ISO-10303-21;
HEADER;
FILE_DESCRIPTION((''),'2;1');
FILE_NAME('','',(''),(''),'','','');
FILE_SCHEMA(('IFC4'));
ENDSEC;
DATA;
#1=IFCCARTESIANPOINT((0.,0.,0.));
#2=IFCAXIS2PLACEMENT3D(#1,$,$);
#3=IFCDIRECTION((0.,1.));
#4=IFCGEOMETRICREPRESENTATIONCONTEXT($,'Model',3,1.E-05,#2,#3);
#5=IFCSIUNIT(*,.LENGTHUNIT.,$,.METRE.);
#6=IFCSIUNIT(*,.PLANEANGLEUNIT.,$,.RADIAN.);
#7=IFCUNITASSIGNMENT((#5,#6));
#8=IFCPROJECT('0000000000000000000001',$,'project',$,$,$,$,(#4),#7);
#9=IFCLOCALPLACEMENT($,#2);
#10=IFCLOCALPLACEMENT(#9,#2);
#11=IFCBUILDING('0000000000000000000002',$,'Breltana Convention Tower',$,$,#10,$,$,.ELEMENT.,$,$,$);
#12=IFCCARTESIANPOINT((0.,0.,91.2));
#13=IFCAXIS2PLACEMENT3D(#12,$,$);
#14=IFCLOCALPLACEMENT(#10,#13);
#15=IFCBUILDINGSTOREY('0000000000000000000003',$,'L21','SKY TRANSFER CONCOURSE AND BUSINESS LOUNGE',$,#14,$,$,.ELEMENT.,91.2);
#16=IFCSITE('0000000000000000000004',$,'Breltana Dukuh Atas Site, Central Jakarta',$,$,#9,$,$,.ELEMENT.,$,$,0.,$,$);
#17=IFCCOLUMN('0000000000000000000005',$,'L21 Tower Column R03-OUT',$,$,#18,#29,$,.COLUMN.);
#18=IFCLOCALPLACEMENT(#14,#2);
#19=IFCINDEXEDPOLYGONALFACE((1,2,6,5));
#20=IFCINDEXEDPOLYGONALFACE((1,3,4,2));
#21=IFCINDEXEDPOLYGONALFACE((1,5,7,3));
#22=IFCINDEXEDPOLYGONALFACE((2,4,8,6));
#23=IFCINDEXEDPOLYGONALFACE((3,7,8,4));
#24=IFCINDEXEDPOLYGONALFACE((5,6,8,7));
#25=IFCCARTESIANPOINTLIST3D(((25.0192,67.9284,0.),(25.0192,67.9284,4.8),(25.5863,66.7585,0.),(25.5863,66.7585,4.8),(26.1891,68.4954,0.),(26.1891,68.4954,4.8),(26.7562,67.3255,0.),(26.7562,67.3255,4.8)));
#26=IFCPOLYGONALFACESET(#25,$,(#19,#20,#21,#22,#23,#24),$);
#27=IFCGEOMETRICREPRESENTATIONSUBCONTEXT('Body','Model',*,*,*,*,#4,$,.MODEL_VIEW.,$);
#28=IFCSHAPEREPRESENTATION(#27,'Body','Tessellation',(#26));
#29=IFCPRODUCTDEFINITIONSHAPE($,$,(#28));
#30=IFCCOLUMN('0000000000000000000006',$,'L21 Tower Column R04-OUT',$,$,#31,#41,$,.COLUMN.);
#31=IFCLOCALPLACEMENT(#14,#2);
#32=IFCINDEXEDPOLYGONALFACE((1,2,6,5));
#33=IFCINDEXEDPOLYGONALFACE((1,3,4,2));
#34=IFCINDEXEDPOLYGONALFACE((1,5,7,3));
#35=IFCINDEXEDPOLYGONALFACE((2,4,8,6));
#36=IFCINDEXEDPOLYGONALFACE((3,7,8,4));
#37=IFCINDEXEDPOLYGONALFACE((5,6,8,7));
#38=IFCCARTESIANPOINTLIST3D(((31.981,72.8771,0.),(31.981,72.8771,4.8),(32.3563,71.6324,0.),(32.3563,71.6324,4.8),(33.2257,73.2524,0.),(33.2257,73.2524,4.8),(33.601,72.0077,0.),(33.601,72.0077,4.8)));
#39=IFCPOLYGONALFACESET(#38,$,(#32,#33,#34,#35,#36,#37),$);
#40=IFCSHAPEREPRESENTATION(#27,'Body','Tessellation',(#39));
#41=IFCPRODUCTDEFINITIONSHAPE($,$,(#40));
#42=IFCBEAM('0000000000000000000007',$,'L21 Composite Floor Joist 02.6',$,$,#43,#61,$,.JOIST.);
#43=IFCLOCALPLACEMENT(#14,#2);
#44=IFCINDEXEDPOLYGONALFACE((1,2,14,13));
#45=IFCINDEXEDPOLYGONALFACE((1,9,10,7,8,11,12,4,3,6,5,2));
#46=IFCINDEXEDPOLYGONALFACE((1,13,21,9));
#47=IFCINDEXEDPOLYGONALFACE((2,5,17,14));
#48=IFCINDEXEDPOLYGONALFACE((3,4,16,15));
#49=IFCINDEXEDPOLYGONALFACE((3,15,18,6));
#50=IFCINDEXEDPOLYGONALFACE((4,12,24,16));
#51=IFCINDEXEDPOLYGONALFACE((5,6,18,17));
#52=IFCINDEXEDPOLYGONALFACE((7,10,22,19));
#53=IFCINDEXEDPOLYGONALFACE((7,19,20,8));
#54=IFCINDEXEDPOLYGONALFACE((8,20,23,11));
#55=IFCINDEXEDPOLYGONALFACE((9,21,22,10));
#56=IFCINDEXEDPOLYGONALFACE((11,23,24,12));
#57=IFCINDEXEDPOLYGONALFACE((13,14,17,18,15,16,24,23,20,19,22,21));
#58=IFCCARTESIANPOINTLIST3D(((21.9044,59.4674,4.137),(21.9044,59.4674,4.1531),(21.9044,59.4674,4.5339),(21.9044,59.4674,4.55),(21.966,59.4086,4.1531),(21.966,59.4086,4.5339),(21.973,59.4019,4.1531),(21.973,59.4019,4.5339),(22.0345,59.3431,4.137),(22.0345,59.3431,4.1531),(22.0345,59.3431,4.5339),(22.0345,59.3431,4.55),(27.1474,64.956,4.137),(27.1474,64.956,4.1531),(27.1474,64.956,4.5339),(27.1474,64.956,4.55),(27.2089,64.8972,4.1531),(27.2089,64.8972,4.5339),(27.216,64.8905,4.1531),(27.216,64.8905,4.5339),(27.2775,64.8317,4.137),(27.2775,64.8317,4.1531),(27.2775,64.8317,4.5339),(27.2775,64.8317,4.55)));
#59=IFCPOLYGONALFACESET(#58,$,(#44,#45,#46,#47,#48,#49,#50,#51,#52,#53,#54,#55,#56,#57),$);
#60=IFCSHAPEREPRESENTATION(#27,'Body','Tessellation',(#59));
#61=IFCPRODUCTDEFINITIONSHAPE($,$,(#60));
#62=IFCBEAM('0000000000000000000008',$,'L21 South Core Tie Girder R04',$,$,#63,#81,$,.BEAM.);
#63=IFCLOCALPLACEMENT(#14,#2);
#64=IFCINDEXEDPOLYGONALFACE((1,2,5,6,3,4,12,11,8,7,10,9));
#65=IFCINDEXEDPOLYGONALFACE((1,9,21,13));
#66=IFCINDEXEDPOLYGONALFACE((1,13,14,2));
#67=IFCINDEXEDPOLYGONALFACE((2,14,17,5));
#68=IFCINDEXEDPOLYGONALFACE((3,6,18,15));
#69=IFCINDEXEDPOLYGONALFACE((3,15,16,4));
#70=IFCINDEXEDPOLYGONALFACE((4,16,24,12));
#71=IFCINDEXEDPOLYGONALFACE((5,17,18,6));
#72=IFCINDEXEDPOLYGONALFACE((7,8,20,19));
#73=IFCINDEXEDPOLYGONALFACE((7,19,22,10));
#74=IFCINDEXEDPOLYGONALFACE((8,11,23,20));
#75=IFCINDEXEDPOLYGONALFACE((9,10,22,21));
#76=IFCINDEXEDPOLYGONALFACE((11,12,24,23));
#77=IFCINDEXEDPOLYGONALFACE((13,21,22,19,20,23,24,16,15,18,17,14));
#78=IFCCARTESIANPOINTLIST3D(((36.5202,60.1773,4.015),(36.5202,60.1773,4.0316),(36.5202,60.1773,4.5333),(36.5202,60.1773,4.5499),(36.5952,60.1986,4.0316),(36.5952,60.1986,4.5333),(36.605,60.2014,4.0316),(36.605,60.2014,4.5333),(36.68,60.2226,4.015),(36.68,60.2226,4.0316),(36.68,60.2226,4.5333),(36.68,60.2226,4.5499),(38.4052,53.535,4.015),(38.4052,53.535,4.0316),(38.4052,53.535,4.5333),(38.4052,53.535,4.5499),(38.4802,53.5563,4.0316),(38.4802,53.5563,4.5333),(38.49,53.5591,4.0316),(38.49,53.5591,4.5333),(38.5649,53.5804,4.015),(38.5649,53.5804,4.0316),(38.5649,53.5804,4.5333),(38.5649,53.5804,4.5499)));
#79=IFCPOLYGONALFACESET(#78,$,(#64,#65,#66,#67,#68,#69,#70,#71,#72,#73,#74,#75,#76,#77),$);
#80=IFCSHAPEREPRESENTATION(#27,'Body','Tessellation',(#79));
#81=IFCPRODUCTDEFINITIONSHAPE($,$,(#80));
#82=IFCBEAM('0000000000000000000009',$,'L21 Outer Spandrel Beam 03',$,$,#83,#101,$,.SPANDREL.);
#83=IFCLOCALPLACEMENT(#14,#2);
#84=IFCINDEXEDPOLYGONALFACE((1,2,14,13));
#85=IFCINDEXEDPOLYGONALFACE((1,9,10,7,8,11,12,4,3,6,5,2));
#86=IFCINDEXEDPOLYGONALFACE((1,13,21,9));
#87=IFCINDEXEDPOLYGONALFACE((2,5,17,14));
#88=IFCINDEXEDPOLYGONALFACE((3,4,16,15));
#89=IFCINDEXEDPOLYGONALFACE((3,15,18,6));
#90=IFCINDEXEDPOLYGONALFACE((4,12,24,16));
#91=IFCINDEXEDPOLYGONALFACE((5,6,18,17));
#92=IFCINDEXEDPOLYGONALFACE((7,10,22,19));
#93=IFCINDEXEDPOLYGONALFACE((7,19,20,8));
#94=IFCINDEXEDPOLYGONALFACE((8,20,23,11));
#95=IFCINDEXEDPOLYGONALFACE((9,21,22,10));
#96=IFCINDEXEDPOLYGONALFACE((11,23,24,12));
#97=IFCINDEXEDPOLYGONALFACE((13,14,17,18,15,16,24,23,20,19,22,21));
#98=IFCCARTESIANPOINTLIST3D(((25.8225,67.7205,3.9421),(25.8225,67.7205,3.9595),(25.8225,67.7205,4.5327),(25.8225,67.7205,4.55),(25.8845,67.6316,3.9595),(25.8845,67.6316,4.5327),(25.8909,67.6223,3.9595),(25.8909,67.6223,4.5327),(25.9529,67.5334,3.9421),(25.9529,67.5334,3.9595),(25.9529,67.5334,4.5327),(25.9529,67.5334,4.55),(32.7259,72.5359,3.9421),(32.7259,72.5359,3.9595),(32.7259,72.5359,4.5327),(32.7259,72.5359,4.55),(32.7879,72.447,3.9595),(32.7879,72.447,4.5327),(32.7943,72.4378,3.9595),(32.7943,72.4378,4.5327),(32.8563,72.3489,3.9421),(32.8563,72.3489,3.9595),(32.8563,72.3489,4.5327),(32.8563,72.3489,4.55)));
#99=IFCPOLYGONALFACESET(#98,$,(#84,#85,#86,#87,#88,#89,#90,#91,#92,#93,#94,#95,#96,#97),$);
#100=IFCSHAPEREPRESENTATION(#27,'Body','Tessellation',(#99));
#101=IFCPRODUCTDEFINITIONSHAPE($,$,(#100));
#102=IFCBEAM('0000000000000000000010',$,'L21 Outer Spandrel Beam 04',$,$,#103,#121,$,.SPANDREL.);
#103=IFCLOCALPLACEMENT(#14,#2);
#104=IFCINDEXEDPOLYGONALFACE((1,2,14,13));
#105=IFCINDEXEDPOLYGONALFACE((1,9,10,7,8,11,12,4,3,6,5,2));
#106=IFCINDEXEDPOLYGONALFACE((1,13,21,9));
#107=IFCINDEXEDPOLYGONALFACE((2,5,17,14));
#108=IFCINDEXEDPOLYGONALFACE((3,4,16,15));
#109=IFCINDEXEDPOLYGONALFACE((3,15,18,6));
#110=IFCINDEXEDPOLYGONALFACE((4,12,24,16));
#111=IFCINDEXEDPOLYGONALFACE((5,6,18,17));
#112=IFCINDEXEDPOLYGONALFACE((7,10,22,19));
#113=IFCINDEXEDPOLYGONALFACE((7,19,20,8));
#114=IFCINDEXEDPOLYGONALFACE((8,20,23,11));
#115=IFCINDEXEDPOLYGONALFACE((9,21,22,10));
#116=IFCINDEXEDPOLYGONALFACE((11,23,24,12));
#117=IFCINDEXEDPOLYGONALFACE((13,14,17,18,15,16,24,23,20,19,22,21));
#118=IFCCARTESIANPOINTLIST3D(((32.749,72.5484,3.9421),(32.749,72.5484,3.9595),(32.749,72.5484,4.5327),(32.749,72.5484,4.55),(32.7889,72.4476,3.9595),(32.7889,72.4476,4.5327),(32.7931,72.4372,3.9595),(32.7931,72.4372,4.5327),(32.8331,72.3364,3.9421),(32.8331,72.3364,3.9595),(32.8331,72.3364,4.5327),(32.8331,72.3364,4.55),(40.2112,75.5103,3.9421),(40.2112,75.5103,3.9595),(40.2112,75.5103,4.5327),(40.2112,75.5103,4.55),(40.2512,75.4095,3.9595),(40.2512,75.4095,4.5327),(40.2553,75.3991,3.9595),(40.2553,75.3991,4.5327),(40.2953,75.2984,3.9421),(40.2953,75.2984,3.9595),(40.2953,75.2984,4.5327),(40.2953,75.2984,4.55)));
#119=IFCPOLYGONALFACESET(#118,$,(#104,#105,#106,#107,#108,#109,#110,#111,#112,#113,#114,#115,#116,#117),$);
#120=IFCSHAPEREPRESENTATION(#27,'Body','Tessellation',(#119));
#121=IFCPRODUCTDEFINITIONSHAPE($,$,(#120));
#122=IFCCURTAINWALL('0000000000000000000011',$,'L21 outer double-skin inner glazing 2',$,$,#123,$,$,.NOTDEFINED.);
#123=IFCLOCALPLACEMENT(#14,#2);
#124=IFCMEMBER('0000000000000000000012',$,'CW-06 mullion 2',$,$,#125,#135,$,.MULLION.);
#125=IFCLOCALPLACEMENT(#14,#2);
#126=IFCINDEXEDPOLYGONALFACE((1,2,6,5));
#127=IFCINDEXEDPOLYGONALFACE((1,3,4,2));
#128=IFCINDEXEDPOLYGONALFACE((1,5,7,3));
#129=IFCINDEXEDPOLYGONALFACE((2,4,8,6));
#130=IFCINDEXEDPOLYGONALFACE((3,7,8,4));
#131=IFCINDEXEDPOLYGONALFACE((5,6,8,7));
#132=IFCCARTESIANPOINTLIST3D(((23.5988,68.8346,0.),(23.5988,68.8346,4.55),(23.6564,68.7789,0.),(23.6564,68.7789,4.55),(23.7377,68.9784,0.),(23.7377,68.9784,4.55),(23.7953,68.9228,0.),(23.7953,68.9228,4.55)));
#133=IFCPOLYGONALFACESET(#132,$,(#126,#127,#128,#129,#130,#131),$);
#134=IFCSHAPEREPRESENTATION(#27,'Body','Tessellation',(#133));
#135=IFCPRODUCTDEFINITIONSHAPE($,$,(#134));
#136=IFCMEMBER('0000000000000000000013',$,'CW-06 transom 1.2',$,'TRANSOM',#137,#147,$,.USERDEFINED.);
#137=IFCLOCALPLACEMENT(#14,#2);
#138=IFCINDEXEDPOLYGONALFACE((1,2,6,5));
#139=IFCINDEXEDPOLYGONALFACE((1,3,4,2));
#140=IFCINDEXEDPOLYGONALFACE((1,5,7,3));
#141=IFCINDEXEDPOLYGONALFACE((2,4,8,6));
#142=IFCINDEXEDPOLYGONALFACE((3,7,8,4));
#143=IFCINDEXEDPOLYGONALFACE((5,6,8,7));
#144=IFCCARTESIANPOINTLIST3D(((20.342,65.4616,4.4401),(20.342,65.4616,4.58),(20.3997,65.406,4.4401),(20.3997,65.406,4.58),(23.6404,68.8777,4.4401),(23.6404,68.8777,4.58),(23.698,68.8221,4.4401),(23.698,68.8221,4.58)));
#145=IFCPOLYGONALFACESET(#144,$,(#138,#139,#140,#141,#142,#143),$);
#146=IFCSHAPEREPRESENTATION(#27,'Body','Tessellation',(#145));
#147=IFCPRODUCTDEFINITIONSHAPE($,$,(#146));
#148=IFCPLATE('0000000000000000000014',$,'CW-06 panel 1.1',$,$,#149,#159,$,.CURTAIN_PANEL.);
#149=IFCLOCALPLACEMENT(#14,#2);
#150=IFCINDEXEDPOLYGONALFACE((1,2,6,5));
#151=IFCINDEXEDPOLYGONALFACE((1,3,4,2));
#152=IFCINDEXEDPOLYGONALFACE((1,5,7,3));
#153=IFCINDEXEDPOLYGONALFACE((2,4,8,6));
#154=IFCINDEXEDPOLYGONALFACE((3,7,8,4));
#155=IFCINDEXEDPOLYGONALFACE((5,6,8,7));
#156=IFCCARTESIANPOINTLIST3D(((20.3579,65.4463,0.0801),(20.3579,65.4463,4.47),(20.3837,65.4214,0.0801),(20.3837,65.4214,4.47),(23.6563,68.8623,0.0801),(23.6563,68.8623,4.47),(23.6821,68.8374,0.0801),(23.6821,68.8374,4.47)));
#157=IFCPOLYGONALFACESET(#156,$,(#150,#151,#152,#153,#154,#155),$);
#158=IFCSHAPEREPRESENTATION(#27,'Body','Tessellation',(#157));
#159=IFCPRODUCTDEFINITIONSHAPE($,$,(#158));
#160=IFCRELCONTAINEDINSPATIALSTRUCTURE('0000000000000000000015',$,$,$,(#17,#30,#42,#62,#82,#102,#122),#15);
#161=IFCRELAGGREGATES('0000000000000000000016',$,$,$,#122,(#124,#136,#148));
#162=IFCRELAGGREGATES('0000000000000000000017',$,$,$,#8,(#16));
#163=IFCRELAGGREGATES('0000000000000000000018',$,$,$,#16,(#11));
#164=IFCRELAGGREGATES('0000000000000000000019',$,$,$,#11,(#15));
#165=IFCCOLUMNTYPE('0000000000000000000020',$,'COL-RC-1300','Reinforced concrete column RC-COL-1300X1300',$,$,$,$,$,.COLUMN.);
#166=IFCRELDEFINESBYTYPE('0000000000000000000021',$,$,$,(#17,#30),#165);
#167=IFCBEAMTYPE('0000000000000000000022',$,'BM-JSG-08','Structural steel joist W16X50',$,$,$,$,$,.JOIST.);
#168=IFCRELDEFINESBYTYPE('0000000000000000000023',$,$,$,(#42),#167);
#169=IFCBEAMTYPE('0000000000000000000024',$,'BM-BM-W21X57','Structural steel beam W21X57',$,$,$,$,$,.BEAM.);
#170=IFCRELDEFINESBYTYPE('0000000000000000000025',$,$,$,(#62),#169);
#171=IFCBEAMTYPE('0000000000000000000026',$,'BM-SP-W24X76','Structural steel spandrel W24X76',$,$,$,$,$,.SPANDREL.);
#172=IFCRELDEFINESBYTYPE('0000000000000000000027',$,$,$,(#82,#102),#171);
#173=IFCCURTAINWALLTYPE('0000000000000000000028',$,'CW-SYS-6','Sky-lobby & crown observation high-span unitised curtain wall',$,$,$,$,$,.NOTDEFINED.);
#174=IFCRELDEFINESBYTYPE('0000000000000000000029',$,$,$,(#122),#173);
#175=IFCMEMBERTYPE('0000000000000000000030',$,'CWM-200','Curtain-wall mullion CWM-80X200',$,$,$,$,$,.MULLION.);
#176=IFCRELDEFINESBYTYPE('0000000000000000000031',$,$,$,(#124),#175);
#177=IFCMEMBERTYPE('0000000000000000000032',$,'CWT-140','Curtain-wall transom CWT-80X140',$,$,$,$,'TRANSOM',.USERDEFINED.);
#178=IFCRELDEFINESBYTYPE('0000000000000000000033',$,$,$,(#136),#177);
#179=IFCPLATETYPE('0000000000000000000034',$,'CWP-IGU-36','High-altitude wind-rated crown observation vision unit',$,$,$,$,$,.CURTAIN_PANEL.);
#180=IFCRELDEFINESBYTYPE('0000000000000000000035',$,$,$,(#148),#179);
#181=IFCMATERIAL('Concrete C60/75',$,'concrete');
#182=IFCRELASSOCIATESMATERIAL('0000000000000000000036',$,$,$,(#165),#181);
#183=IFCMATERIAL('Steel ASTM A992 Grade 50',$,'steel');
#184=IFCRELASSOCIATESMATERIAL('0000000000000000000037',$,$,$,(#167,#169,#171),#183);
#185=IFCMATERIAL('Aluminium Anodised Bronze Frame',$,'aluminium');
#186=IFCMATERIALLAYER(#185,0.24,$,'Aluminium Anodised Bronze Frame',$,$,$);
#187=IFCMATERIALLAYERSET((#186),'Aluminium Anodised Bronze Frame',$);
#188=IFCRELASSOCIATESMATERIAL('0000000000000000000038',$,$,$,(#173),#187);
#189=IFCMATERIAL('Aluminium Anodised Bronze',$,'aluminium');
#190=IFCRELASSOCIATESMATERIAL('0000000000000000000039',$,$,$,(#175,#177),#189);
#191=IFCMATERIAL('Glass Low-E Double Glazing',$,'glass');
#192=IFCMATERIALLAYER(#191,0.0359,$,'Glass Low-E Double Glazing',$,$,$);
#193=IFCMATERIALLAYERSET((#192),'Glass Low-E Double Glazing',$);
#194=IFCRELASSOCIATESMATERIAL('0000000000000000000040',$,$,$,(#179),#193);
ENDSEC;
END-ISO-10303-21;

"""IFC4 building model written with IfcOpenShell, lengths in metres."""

from ifc_helpers import new_model, si_unit, direction, frame, origin, origin_2d, place, context, subcontext, project, spatial, rectangle, i_section, extrude, source, transform, mapped, material, layer, layer_set, material_profile, profile_set, type_object, type_shapes, element, aggregate, save


model = new_model("IFC4")

# Units and contexts
model_context = context("Model", 3, precision=1e-05, world=origin(), true_north=direction((0.0, 1.0)))
body_context = subcontext(model_context, "Body", "Model", "MODEL_VIEW")
ifc_project = project(units=[si_unit("LENGTHUNIT", "METRE"), si_unit("PLANEANGLEUNIT", "RADIAN")], contexts=[model_context])

# Site, building, storey
site_placement = place(None, origin())
site = spatial("IfcSite", under=ifc_project, at=site_placement, Name="Breltana Dukuh Atas Site, Central Jakarta", CompositionType="ELEMENT", RefElevation=0.0)
building_placement = place(site_placement, origin())
building = spatial("IfcBuilding", under=site, at=building_placement, Name="Breltana Convention Tower", CompositionType="ELEMENT")
storey_placement = place(building_placement, frame((0.0, 0.0, 91.2)))
storey = spatial("IfcBuildingStorey", under=building, at=storey_placement, Name="L21", Description="SKY TRANSFER CONCOURSE AND BUSINESS LOUNGE", CompositionType="ELEMENT", Elevation=91.2)

# Columns
ifc_material_1 = material(Name="Concrete C60/75", Category="concrete")
ifc_material_profile_1 = material_profile(ifc_material_1, rectangle(XDim=1.3, YDim=1.3, at=origin_2d()), Name="RC-COL-1300X1300")
ifc_profile_set_1 = profile_set([ifc_material_profile_1], Name="Concrete C60/75")
column_type = type_object("IfcColumnType", Name="COL-RC-1300", Description="Reinforced concrete column RC-COL-1300X1300", PredefinedType="COLUMN", material=ifc_profile_set_1)
shared_shape_1 = source(origin(), body_context, "Body", "SweptSolid", [
    extrude(rectangle(XDim=1.3, YDim=1.3, at=origin_2d()), origin(), (0.0, 0.0, 1.0), 4.8),
])
for number, where, z_axis, x_axis, name in (
    (1, (25.8877, 67.627, 0.0), (0.0, 0.0, 1.0), (-0.436174, 0.899863, 0.0), "L21 Tower Column R03-OUT"),
    (2, (32.791, 72.4424, 0.0), (0.0, 0.0, 1.0), (-0.288698, 0.95742, 0.0), "L21 Tower Column R04-OUT"),
):
    element("IfcColumn", number, at=place(storey_placement, frame(where, z_axis=z_axis, x_axis=x_axis)), inside=storey, type_object=column_type, Name=name, PredefinedType="COLUMN", context=body_context, shape_type="MappedRepresentation", body=[
        mapped(shared_shape_1, transform((0.0, 0.0, 0.0), scale=1.0)),
    ])

# Beams
ifc_material_2 = material(Name="Steel ASTM A992 Grade 50", Category="steel")
ifc_material_profile_2 = material_profile(ifc_material_2, i_section(OverallWidth=0.1799, OverallDepth=0.4131, WebThickness=0.0098, FlangeThickness=0.0161, at=origin_2d()), Name="W16X50")
ifc_profile_set_2 = profile_set([ifc_material_profile_2], Name="Steel ASTM A992 Grade 50")
beam_type_1 = type_object("IfcBeamType", Name="BM-JSG-08", Description="Structural steel joist W16X50", PredefinedType="JOIST", material=ifc_profile_set_2)
shared_shape_2 = source(origin(), body_context, "Body", "SweptSolid", [
    extrude(i_section(OverallWidth=0.1799, OverallDepth=0.4131, WebThickness=0.0098, FlangeThickness=0.0161, at=origin_2d()), origin(), (0.0, 0.0, 1.0), 7.5903),
])
beam_1_placement = place(storey_placement, frame((21.9695, 59.4053, 4.3435), z_axis=(0.690743, 0.723101, 0.0), x_axis=(-0.723101, 0.690743, 0.0)))
element("IfcBeam", 3, at=beam_1_placement, inside=storey, type_object=beam_type_1, Name="L21 Composite Floor Joist 02.6", PredefinedType="JOIST", context=body_context, shape_type="MappedRepresentation", body=[
    mapped(shared_shape_2, transform((0.0, 0.0, 0.0), scale=1.0)),
])
ifc_material_profile_3 = material_profile(ifc_material_2, i_section(OverallWidth=0.166, OverallDepth=0.5349, WebThickness=0.0103, FlangeThickness=0.0166, at=origin_2d()), Name="W21X57")
ifc_profile_set_3 = profile_set([ifc_material_profile_3], Name="Steel ASTM A992 Grade 50")
beam_type_2 = type_object("IfcBeamType", Name="BM-BM-W21X57", Description="Structural steel beam W21X57", PredefinedType="BEAM", material=ifc_profile_set_3)
shared_shape_3 = source(origin(), body_context, "Body", "SweptSolid", [
    extrude(i_section(OverallWidth=0.166, OverallDepth=0.5349, WebThickness=0.0103, FlangeThickness=0.0166, at=origin_2d()), origin(), (0.0, 0.0, 1.0), 6.9045),
])
type_shapes(beam_type_2, [shared_shape_3])
beam_2_placement = place(storey_placement, frame((36.6001, 60.2, 4.2825), z_axis=(0.273007, -0.962012, 0.0), x_axis=(0.962012, 0.273007, 0.0)))
element("IfcBeam", 4, at=beam_2_placement, inside=storey, type_object=beam_type_2, Name="L21 South Core Tie Girder R04", PredefinedType="BEAM", context=body_context, shape_type="MappedRepresentation", body=[
    mapped(shared_shape_3, transform((0.0, 0.0, 0.0), scale=1.0)),
])
ifc_material_profile_4 = material_profile(ifc_material_2, i_section(OverallWidth=0.228, OverallDepth=0.6079, WebThickness=0.0112, FlangeThickness=0.0173, at=origin_2d()), Name="W24X76")
ifc_profile_set_4 = profile_set([ifc_material_profile_4], Name="Steel ASTM A992 Grade 50")
beam_type_3 = type_object("IfcBeamType", Name="BM-SP-W24X76", Description="Structural steel spandrel W24X76", PredefinedType="SPANDREL", material=ifc_profile_set_4)
shared_shape_4 = source(origin(), body_context, "Body", "SweptSolid", [
    extrude(i_section(OverallWidth=0.228, OverallDepth=0.6079, WebThickness=0.0112, FlangeThickness=0.0173, at=origin_2d()), origin(), (0.0, 0.0, 1.0), 8.417),
])
beam_3_placement = place(storey_placement, frame((25.8877, 67.627, 4.2461), z_axis=(0.820174, 0.572114, 0.0), x_axis=(-0.572114, 0.820174, 0.0)))
element("IfcBeam", 5, at=beam_3_placement, inside=storey, type_object=beam_type_3, Name="L21 Outer Spandrel Beam 03", PredefinedType="SPANDREL", context=body_context, shape_type="MappedRepresentation", body=[
    mapped(shared_shape_4, transform((0.0, 0.0, 0.0), scale=1.0)),
])
shared_shape_5 = source(origin(), body_context, "Body", "SweptSolid", [
    extrude(i_section(OverallWidth=0.228, OverallDepth=0.6079, WebThickness=0.0112, FlangeThickness=0.0173, at=origin_2d()), origin(), (0.0, 0.0, 1.0), 8.0286),
])
beam_4_placement = place(storey_placement, frame((32.791, 72.4424, 4.2461), z_axis=(0.929459, 0.368925, 0.0), x_axis=(-0.368925, 0.929459, 0.0)))
element("IfcBeam", 6, at=beam_4_placement, inside=storey, type_object=beam_type_3, Name="L21 Outer Spandrel Beam 04", PredefinedType="SPANDREL", context=body_context, shape_type="MappedRepresentation", body=[
    mapped(shared_shape_5, transform((0.0, 0.0, 0.0), scale=1.0)),
])

# Curtain wall, members, plate
ifc_material_3 = material(Name="Aluminium Anodised Bronze Frame", Category="aluminium")
ifc_layer_1 = layer(ifc_material_3, 0.24, Name="Aluminium Anodised Bronze Frame")
ifc_layer_set_1 = layer_set([ifc_layer_1], Name="Aluminium Anodised Bronze Frame")
curtain_wall_type = type_object("IfcCurtainWallType", Name="CW-SYS-6", Description="Sky-lobby & crown observation high-span unitised curtain wall", PredefinedType="NOTDEFINED", material=ifc_layer_set_1)
curtain_wall_placement = place(storey_placement, origin())
curtain_wall = element("IfcCurtainWall", 7, at=curtain_wall_placement, inside=storey, type_object=curtain_wall_type, Name="L21 outer double-skin inner glazing 2", PredefinedType="NOTDEFINED")
ifc_material_4 = material(Name="Aluminium Anodised Bronze", Category="aluminium")
ifc_material_profile_5 = material_profile(ifc_material_4, rectangle(XDim=0.0801, YDim=0.2, at=origin_2d()), Name="CWM-80X200")
ifc_profile_set_5 = profile_set([ifc_material_profile_5], Name="Aluminium Anodised Bronze")
member_type_1 = type_object("IfcMemberType", Name="CWM-200", Description="Curtain-wall mullion CWM-80X200", PredefinedType="MULLION", material=ifc_profile_set_5)
shared_shape_6 = source(origin(), body_context, "Body", "SweptSolid", [
    extrude(rectangle(XDim=0.0801, YDim=0.2, at=origin_2d()), origin(), (0.0, 0.0, 1.0), 4.55),
])
member_1_placement = place(storey_placement, frame((23.697, 68.8787, 0.0), z_axis=(0.0, 0.0, 1.0), x_axis=(-0.719385, 0.694612, 0.0)))
member_1 = element("IfcMember", 8, at=member_1_placement, type_object=member_type_1, Name="CW-06 mullion 2", PredefinedType="MULLION", context=body_context, shape_type="MappedRepresentation", body=[
    mapped(shared_shape_6, transform((0.0, 0.0, 0.0), scale=1.0)),
])
ifc_material_profile_6 = material_profile(ifc_material_4, rectangle(XDim=0.0801, YDim=0.1399, at=origin_2d()), Name="CWT-80X140")
ifc_profile_set_6 = profile_set([ifc_material_profile_6], Name="Aluminium Anodised Bronze")
member_type_2 = type_object("IfcMemberType", Name="CWT-140", Description="Curtain-wall transom CWT-80X140", ElementType="TRANSOM", PredefinedType="USERDEFINED", material=ifc_profile_set_6)
shared_shape_7 = source(origin(), body_context, "Body", "SweptSolid", [
    extrude(rectangle(XDim=0.0801, YDim=0.1399, at=origin_2d()), origin(), (0.0, 0.0, 1.0), 4.7485),
])
member_2_placement = place(storey_placement, frame((20.3708, 65.4338, 4.51), z_axis=(0.694607, 0.719389, 0.0), x_axis=(-0.719389, 0.694607, 0.0)))
member_2 = element("IfcMember", 9, at=member_2_placement, type_object=member_type_2, Name="CW-06 transom 1.2", ObjectType="TRANSOM", PredefinedType="USERDEFINED", context=body_context, shape_type="MappedRepresentation", body=[
    mapped(shared_shape_7, transform((0.0, 0.0, 0.0), scale=1.0)),
])
ifc_material_5 = material(Name="Glass Low-E Double Glazing", Category="glass")
ifc_layer_2 = layer(ifc_material_5, 0.0359, Name="Glass Low-E Double Glazing")
ifc_layer_set_2 = layer_set([ifc_layer_2], Name="Glass Low-E Double Glazing")
plate_type = type_object("IfcPlateType", Name="CWP-IGU-36", Description="High-altitude wind-rated crown observation vision unit", PredefinedType="CURTAIN_PANEL", material=ifc_layer_set_2)
shared_shape_8 = source(origin(), body_context, "Body", "SweptSolid", [
    extrude(rectangle(XDim=4.7485, YDim=0.0359, at=origin_2d()), origin(), (0.0, 0.0, 1.0), 4.3899),
])
plate_placement = place(storey_placement, frame((22.02, 67.1418, 0.0801), z_axis=(0.0, 0.0, 1.0), x_axis=(0.694612, 0.719385, 0.0)))
plate = element("IfcPlate", 10, at=plate_placement, type_object=plate_type, Name="CW-06 panel 1.1", PredefinedType="CURTAIN_PANEL", context=body_context, shape_type="MappedRepresentation", body=[
    mapped(shared_shape_8, transform((0.0, 0.0, 0.0), scale=1.0)),
])
aggregate(curtain_wall, [member_1, member_2, plate])

save(model, "model.ifc")
